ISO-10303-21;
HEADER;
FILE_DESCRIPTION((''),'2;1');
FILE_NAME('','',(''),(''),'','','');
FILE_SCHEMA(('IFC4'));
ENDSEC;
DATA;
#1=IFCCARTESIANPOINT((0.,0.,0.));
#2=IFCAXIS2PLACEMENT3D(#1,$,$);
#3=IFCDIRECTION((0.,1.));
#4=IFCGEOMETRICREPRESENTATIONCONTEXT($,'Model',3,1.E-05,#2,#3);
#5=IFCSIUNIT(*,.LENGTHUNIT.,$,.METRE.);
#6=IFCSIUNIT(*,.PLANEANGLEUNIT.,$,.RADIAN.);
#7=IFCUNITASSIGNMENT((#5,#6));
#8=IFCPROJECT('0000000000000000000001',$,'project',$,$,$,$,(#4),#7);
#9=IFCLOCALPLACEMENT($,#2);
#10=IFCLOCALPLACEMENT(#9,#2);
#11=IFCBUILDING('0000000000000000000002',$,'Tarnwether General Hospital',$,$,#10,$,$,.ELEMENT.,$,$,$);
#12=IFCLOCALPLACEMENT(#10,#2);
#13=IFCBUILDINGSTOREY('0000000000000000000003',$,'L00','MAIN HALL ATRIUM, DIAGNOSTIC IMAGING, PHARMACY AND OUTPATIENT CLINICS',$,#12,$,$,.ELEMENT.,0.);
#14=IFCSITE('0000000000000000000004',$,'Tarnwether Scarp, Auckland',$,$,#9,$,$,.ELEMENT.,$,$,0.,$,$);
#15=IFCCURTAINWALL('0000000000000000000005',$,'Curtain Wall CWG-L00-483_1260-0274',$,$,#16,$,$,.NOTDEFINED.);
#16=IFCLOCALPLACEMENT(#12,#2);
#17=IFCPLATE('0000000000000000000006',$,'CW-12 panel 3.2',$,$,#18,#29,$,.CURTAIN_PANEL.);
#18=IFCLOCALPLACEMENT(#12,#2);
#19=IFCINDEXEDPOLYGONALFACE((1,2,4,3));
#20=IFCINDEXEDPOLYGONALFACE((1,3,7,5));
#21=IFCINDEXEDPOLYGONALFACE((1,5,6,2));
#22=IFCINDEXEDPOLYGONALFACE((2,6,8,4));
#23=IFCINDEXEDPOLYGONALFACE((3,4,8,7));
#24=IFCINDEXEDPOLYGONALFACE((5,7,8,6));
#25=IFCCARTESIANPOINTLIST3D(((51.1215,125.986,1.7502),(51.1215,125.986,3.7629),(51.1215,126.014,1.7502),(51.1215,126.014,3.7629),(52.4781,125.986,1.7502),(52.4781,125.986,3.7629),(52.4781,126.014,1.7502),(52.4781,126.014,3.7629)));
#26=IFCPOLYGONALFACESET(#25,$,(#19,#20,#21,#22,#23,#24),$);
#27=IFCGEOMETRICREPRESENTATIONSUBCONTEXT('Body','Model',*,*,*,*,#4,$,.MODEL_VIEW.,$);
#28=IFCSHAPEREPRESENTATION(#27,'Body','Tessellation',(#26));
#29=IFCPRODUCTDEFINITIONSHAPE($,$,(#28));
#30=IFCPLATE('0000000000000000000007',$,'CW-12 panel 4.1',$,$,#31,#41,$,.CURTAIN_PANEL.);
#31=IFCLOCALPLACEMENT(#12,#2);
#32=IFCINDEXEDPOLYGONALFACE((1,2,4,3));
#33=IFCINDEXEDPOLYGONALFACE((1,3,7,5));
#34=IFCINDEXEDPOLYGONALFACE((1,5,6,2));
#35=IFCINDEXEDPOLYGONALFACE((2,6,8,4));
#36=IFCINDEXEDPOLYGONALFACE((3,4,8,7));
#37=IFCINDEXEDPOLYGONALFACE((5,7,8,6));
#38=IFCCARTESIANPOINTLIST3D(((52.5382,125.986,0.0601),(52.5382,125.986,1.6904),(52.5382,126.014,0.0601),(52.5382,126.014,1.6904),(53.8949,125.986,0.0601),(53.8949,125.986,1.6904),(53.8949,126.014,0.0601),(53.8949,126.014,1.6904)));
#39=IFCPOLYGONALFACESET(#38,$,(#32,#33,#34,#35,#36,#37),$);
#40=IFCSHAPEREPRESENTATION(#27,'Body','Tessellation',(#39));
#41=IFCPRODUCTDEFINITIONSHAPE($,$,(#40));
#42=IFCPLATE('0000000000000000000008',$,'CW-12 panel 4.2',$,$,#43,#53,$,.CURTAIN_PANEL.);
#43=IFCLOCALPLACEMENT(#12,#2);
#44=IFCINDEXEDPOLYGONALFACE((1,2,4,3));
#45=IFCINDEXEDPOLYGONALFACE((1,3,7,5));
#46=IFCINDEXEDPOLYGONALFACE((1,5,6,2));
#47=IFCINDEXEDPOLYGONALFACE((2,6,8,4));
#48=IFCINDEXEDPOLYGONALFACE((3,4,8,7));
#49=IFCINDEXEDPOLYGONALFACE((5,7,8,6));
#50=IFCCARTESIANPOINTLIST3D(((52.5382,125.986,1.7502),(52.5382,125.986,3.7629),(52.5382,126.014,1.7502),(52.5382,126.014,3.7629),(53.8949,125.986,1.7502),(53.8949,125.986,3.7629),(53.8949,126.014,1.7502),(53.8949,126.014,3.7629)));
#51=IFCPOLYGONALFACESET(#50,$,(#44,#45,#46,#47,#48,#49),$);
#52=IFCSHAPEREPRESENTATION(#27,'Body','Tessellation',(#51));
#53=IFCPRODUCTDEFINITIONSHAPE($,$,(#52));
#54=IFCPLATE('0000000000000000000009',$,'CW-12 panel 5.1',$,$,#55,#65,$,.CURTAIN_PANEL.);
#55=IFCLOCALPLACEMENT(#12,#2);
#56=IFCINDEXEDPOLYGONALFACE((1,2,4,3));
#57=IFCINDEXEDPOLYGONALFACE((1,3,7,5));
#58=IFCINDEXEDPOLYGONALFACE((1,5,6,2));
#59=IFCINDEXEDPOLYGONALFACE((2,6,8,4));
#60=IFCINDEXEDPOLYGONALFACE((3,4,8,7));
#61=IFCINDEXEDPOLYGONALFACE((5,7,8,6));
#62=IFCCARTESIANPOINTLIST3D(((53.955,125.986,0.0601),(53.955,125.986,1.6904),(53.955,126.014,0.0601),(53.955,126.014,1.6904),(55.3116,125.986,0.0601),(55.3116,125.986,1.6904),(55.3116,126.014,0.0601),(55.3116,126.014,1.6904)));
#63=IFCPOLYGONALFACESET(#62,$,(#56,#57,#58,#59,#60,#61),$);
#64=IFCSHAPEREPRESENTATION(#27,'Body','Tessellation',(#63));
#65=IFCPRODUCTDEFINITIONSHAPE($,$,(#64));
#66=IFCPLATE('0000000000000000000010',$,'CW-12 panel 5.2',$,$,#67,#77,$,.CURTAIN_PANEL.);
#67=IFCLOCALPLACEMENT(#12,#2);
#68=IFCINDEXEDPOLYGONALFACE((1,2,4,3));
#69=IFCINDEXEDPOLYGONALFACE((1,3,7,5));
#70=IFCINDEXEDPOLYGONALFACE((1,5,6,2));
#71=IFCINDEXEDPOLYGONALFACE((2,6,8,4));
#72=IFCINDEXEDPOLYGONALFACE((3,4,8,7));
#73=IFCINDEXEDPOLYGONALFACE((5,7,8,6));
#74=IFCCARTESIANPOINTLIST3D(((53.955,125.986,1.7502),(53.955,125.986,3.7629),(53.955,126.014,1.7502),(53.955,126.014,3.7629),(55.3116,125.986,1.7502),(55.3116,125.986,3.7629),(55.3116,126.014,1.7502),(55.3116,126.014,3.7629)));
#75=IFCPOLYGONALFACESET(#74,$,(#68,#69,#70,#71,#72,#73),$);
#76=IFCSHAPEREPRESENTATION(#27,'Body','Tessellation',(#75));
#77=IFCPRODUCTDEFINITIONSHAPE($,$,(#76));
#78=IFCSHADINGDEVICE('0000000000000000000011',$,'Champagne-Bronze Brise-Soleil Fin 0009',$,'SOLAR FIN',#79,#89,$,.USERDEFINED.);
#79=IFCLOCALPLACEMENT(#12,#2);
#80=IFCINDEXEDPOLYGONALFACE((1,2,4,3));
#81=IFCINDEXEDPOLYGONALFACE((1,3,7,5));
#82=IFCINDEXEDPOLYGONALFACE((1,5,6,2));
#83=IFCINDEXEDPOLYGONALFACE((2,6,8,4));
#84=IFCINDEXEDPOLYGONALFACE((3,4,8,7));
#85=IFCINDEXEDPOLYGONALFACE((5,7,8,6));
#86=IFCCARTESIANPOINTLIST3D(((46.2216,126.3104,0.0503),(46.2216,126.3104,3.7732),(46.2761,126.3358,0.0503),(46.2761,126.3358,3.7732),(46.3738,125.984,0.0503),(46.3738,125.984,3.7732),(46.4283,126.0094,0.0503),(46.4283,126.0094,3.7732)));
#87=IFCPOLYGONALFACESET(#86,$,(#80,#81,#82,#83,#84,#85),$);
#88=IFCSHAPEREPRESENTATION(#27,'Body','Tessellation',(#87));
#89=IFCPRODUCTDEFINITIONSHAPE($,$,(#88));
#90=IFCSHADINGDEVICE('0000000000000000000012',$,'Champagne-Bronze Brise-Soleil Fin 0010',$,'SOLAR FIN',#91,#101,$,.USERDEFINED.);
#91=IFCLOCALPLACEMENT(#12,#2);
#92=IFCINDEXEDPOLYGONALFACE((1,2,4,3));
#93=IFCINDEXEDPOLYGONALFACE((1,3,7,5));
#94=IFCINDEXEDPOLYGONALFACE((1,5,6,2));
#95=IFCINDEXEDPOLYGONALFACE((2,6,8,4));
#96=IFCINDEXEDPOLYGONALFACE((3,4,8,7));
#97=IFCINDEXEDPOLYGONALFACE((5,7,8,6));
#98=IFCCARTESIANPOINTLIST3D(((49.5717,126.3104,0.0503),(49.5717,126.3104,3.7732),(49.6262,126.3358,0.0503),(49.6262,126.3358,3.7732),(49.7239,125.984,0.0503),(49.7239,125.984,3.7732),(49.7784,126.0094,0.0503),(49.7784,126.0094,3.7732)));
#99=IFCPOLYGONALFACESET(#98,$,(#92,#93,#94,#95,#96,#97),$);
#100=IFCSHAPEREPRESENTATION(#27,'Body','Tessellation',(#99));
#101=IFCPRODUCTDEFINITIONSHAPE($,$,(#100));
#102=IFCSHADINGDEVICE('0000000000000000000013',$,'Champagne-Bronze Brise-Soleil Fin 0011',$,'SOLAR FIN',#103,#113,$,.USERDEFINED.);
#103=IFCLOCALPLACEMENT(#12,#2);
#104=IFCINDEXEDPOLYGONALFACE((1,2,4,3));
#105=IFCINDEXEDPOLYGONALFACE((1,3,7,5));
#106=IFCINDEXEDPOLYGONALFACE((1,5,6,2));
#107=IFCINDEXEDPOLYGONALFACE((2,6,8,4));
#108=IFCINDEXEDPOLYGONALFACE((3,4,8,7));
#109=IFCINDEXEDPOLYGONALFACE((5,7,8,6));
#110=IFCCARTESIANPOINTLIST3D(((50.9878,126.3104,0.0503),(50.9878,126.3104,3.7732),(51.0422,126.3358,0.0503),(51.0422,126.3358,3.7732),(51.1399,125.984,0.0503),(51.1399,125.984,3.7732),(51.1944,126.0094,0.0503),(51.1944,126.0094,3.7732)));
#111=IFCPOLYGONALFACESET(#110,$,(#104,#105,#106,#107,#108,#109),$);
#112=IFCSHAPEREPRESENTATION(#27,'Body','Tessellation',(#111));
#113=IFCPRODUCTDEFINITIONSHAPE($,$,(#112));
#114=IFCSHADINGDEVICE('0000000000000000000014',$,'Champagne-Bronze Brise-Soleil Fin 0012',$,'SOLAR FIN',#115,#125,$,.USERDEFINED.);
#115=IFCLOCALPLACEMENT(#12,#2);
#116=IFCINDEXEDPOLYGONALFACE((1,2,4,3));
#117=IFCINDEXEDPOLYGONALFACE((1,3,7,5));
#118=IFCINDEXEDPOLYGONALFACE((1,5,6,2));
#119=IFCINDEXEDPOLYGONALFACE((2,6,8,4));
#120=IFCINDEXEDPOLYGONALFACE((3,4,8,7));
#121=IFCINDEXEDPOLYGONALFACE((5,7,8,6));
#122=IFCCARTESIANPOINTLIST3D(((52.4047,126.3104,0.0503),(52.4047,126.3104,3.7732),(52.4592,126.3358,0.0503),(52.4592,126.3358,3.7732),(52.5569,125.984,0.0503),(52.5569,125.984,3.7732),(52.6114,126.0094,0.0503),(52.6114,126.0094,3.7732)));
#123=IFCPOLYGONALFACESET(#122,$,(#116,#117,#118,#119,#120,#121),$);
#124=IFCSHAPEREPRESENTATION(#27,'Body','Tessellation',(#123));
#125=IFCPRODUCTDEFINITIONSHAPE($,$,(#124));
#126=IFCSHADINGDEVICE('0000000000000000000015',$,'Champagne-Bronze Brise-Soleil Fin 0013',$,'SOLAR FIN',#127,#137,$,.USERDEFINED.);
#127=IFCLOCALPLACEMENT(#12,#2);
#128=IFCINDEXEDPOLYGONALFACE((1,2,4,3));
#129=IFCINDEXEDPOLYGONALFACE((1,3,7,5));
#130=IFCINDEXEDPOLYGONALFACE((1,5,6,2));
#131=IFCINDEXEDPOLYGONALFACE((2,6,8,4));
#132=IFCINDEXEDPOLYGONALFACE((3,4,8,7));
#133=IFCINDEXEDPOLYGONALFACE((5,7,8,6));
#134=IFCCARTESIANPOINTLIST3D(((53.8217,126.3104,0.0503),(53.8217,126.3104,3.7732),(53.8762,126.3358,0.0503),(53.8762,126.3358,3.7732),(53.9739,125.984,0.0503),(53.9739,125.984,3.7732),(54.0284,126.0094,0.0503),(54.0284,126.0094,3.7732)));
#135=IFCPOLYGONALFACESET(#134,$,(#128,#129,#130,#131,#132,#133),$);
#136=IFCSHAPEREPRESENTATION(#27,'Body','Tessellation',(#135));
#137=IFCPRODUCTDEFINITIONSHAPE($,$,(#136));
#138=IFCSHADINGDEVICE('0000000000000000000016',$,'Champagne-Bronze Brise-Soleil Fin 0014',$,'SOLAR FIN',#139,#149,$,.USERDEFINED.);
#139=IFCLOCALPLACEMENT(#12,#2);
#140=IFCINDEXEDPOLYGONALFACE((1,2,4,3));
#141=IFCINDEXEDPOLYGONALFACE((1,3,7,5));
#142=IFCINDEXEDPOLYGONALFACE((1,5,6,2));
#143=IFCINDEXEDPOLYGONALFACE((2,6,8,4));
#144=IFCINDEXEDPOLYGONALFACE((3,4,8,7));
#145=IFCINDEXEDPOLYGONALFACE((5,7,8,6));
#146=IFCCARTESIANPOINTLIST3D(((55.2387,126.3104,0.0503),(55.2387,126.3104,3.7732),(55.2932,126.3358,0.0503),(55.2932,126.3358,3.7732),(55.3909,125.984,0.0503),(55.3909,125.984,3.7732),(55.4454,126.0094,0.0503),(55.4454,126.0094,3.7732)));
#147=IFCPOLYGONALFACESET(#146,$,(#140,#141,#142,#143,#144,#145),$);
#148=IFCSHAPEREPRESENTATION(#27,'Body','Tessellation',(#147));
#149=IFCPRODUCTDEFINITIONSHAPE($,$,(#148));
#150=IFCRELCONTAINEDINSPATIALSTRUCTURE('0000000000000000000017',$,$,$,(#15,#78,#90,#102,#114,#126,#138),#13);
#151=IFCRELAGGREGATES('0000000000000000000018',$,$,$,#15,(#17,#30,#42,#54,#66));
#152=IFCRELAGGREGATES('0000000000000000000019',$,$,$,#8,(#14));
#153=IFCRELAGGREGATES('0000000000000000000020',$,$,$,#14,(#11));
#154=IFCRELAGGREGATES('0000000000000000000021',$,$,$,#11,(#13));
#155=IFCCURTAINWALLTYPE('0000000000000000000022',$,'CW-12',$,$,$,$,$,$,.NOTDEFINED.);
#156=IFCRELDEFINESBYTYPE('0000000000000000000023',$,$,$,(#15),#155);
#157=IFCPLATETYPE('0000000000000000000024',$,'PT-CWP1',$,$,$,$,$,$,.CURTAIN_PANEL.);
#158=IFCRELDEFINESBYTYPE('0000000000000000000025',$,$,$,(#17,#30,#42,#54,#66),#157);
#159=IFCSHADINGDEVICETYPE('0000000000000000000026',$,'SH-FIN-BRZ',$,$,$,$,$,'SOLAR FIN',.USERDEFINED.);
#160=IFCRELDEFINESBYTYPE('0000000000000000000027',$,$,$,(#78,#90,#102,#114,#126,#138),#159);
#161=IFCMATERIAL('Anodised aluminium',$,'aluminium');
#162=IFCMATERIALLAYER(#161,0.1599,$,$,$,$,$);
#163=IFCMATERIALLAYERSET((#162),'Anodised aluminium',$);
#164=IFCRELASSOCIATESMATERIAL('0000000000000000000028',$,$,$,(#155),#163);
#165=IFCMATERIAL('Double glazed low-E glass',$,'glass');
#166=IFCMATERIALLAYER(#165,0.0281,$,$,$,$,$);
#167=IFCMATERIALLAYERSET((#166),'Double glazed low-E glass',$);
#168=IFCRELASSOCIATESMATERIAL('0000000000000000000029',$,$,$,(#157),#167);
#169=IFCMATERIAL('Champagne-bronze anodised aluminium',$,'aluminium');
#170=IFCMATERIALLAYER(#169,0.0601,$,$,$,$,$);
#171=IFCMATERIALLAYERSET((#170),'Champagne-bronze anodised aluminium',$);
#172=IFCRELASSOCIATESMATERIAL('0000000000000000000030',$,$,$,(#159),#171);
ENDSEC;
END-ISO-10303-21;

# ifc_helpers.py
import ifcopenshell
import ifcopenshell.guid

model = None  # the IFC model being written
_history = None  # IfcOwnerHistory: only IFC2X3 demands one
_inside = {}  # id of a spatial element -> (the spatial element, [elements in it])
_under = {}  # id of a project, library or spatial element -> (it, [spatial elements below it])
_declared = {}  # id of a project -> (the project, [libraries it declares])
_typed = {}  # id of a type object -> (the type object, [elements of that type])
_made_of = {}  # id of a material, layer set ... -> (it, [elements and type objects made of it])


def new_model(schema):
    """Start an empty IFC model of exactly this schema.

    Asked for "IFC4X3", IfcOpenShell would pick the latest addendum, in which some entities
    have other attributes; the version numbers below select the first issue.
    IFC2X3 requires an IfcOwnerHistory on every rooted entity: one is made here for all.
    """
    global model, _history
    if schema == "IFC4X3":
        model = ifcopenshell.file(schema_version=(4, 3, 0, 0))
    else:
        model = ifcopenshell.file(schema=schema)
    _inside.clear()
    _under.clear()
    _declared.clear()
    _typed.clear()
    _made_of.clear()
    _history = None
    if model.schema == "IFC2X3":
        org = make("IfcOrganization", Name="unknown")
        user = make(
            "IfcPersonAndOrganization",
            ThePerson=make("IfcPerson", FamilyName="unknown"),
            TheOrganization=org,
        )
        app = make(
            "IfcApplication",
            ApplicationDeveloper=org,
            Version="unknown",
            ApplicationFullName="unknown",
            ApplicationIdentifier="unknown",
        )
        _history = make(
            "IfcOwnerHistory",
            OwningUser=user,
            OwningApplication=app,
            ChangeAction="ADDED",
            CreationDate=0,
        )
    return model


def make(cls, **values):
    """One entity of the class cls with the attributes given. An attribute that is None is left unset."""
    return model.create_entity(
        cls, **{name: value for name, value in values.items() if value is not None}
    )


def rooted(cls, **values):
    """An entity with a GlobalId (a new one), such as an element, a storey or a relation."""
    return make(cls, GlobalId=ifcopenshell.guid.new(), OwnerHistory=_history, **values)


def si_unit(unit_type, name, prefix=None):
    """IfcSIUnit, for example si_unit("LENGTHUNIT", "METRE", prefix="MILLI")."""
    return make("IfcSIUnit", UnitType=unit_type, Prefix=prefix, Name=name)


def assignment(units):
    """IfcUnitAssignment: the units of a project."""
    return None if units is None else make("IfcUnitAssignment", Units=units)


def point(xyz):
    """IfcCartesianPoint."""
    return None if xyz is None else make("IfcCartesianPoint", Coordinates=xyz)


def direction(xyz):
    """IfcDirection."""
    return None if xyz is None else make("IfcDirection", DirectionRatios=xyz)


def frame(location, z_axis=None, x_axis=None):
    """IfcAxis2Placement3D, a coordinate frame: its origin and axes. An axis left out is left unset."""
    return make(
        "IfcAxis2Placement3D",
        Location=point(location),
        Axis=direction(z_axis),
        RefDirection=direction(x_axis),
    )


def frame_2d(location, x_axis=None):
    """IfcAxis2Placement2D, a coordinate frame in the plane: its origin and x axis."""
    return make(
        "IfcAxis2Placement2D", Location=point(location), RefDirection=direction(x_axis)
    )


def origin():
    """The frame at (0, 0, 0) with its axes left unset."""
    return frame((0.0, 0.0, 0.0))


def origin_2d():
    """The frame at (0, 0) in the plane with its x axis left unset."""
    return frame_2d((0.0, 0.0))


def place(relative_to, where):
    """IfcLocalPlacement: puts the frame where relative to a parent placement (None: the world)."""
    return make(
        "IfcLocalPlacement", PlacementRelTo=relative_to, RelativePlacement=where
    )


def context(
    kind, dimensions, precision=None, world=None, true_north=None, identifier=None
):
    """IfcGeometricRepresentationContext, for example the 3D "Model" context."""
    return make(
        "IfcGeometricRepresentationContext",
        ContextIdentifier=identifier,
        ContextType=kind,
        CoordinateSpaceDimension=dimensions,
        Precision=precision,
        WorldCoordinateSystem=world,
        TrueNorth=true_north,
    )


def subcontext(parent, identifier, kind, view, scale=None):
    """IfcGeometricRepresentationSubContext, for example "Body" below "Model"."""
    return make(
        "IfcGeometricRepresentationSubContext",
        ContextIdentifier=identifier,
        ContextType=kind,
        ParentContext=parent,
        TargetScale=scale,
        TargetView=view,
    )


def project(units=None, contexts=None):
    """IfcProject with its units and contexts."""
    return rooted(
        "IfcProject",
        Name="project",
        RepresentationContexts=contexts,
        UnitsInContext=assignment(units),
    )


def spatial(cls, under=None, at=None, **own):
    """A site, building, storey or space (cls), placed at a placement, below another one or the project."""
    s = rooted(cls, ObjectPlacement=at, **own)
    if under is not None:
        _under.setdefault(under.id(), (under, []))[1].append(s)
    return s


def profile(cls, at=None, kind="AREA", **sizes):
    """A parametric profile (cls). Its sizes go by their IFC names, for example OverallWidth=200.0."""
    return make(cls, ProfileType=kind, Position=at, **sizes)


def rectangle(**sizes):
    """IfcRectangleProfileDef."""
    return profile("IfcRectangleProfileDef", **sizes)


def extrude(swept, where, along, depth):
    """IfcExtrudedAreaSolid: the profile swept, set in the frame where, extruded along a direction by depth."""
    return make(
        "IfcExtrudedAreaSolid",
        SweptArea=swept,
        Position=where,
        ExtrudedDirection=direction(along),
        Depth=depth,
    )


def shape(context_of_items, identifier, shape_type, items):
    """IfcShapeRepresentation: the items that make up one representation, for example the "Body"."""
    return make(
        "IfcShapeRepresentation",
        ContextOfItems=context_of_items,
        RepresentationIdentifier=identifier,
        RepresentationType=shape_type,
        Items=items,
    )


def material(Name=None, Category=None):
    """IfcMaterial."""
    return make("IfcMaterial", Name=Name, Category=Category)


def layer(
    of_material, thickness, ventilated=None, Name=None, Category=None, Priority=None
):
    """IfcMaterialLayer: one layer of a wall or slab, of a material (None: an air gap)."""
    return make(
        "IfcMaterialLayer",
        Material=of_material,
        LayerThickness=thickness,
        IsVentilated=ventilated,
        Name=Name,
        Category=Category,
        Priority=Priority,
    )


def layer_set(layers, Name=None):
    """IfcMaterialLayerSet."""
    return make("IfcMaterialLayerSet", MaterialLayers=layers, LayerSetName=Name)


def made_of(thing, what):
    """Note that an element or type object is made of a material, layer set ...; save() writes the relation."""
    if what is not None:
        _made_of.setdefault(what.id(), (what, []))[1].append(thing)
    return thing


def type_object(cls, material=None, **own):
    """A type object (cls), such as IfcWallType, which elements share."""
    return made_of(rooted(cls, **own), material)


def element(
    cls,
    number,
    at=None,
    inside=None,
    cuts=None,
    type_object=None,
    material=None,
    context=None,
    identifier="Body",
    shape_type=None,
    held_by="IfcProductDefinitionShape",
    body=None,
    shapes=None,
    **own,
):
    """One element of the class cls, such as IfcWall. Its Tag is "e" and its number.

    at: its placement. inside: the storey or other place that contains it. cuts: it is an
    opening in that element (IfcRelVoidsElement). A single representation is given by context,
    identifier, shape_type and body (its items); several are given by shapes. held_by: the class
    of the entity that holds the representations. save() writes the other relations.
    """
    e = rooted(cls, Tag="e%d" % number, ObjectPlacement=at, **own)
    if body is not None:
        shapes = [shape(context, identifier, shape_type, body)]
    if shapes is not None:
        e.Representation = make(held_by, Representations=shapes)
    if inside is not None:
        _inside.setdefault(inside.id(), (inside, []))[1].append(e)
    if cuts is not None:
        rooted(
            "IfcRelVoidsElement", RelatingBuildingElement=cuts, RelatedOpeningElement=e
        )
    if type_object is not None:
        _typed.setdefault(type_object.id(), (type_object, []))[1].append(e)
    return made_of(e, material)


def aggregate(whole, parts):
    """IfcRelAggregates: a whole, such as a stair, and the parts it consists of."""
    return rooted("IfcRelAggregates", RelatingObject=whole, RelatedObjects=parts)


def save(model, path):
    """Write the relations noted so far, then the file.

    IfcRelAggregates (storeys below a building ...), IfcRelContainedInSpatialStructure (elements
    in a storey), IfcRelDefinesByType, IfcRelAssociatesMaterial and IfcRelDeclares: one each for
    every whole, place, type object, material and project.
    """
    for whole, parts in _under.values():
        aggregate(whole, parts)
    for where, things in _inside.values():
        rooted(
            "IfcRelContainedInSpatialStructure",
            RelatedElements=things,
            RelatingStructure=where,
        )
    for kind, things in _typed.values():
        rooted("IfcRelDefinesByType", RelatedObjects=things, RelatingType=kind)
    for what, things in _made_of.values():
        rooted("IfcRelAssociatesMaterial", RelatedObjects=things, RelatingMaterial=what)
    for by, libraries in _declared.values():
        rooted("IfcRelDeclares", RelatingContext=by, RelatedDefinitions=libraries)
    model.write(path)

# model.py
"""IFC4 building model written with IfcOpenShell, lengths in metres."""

from ifc_helpers import new_model, si_unit, direction, frame, origin, origin_2d, place, context, subcontext, project, spatial, rectangle, extrude, material, layer, layer_set, type_object, element, aggregate, save


model = new_model("IFC4")

# Units and contexts
model_context = context("Model", 3, precision=1e-05, world=origin(), true_north=direction((0.0, 1.0)))
body_context = subcontext(model_context, "Body", "Model", "MODEL_VIEW")
ifc_project = project(units=[si_unit("LENGTHUNIT", "METRE"), si_unit("PLANEANGLEUNIT", "RADIAN")], contexts=[model_context])

# Site, building, storey
site_placement = place(None, origin())
site = spatial("IfcSite", under=ifc_project, at=site_placement, Name="Tarnwether Scarp, Auckland", CompositionType="ELEMENT", RefElevation=0.0)
building_placement = place(site_placement, origin())
building = spatial("IfcBuilding", under=site, at=building_placement, Name="Tarnwether General Hospital", CompositionType="ELEMENT")
storey_placement = place(building_placement, origin())
storey = spatial("IfcBuildingStorey", under=building, at=storey_placement, Name="L00", Description="MAIN HALL ATRIUM, DIAGNOSTIC IMAGING, PHARMACY AND OUTPATIENT CLINICS", CompositionType="ELEMENT", Elevation=0.0)

# Curtain wall, plates
ifc_material_1 = material(Name="Anodised aluminium", Category="aluminium")
ifc_layer_1 = layer(ifc_material_1, 0.1599)
ifc_layer_set_1 = layer_set([ifc_layer_1], Name="Anodised aluminium")
curtain_wall_type = type_object("IfcCurtainWallType", Name="CW-12", PredefinedType="NOTDEFINED", material=ifc_layer_set_1)
curtain_wall_placement = place(storey_placement, origin())
curtain_wall = element("IfcCurtainWall", 1, at=curtain_wall_placement, inside=storey, type_object=curtain_wall_type, Name="Curtain Wall CWG-L00-483_1260-0274", PredefinedType="NOTDEFINED")
ifc_material_2 = material(Name="Double glazed low-E glass", Category="glass")
ifc_layer_2 = layer(ifc_material_2, 0.0281)
ifc_layer_set_2 = layer_set([ifc_layer_2], Name="Double glazed low-E glass")
plate_type = type_object("IfcPlateType", Name="PT-CWP1", PredefinedType="CURTAIN_PANEL", material=ifc_layer_set_2)
plate_1_placement = place(storey_placement, frame((51.7998, 126.0, 1.7502), z_axis=(0.0, 0.0, 1.0), x_axis=(1.0, 0.0, 0.0)))
plate_1 = element("IfcPlate", 2, at=plate_1_placement, type_object=plate_type, Name="CW-12 panel 3.2", PredefinedType="CURTAIN_PANEL", context=body_context, shape_type="SweptSolid", body=[
    extrude(rectangle(XDim=1.3567, YDim=0.0281, at=origin_2d()), origin(), (0.0, 0.0, 1.0), 2.0127),
])
plate_2_placement = place(storey_placement, frame((53.2166, 126.0, 0.0601), z_axis=(0.0, 0.0, 1.0), x_axis=(1.0, 0.0, 0.0)))
plate_2 = element("IfcPlate", 3, at=plate_2_placement, type_object=plate_type, Name="CW-12 panel 4.1", PredefinedType="CURTAIN_PANEL", context=body_context, shape_type="SweptSolid", body=[
    extrude(rectangle(XDim=1.3567, YDim=0.0281, at=origin_2d()), origin(), (0.0, 0.0, 1.0), 1.6304),
])
plate_3_placement = place(storey_placement, frame((53.2166, 126.0, 1.7502), z_axis=(0.0, 0.0, 1.0), x_axis=(1.0, 0.0, 0.0)))
plate_3 = element("IfcPlate", 4, at=plate_3_placement, type_object=plate_type, Name="CW-12 panel 4.2", PredefinedType="CURTAIN_PANEL", context=body_context, shape_type="SweptSolid", body=[
    extrude(rectangle(XDim=1.3567, YDim=0.0281, at=origin_2d()), origin(), (0.0, 0.0, 1.0), 2.0127),
])
plate_4_placement = place(storey_placement, frame((54.6333, 126.0, 0.0601), z_axis=(0.0, 0.0, 1.0), x_axis=(1.0, 0.0, 0.0)))
plate_4 = element("IfcPlate", 5, at=plate_4_placement, type_object=plate_type, Name="CW-12 panel 5.1", PredefinedType="CURTAIN_PANEL", context=body_context, shape_type="SweptSolid", body=[
    extrude(rectangle(XDim=1.3567, YDim=0.0281, at=origin_2d()), origin(), (0.0, 0.0, 1.0), 1.6304),
])
plate_5_placement = place(storey_placement, frame((54.6333, 126.0, 1.7502), z_axis=(0.0, 0.0, 1.0), x_axis=(1.0, 0.0, 0.0)))
plate_5 = element("IfcPlate", 6, at=plate_5_placement, type_object=plate_type, Name="CW-12 panel 5.2", PredefinedType="CURTAIN_PANEL", context=body_context, shape_type="SweptSolid", body=[
    extrude(rectangle(XDim=1.3567, YDim=0.0281, at=origin_2d()), origin(), (0.0, 0.0, 1.0), 2.0127),
])
aggregate(curtain_wall, [plate_1, plate_2, plate_3, plate_4, plate_5])

# Shading devices
ifc_material_3 = material(Name="Champagne-bronze anodised aluminium", Category="aluminium")
ifc_layer_3 = layer(ifc_material_3, 0.0601)
ifc_layer_set_3 = layer_set([ifc_layer_3], Name="Champagne-bronze anodised aluminium")
shading_device_type = type_object("IfcShadingDeviceType", Name="SH-FIN-BRZ", ElementType="SOLAR FIN", PredefinedType="USERDEFINED", material=ifc_layer_set_3)
for number, where, z_axis, x_axis, name in (
    (7, (46.325, 126.1599, 0.0503), (0.0, 0.0, 1.0), (0.906308, 0.422618, 0.0), "Champagne-Bronze Brise-Soleil Fin 0009"),
    (8, (49.675, 126.1599, 0.0503), (0.0, 0.0, 1.0), (0.906308, 0.422618, 0.0), "Champagne-Bronze Brise-Soleil Fin 0010"),
    (9, (51.0911, 126.1599, 0.0503), (0.0, 0.0, 1.0), (0.906308, 0.422618, 0.0), "Champagne-Bronze Brise-Soleil Fin 0011"),
    (10, (52.5081, 126.1599, 0.0503), (0.0, 0.0, 1.0), (0.906308, 0.422618, 0.0), "Champagne-Bronze Brise-Soleil Fin 0012"),
    (11, (53.925, 126.1599, 0.0503), (0.0, 0.0, 1.0), (0.906308, 0.422618, 0.0), "Champagne-Bronze Brise-Soleil Fin 0013"),
    (12, (55.342, 126.1599, 0.0503), (0.0, 0.0, 1.0), (0.906308, 0.422618, 0.0), "Champagne-Bronze Brise-Soleil Fin 0014"),
):
    element("IfcShadingDevice", number, at=place(storey_placement, frame(where, z_axis=z_axis, x_axis=x_axis)), inside=storey, type_object=shading_device_type, Name=name, ObjectType="SOLAR FIN", PredefinedType="USERDEFINED", context=body_context, shape_type="SweptSolid", body=[
        extrude(rectangle(XDim=0.0601, YDim=0.3601, at=origin_2d()), origin(), (0.0, 0.0, 1.0), 3.7229),
    ])

save(model, "model.ifc")
